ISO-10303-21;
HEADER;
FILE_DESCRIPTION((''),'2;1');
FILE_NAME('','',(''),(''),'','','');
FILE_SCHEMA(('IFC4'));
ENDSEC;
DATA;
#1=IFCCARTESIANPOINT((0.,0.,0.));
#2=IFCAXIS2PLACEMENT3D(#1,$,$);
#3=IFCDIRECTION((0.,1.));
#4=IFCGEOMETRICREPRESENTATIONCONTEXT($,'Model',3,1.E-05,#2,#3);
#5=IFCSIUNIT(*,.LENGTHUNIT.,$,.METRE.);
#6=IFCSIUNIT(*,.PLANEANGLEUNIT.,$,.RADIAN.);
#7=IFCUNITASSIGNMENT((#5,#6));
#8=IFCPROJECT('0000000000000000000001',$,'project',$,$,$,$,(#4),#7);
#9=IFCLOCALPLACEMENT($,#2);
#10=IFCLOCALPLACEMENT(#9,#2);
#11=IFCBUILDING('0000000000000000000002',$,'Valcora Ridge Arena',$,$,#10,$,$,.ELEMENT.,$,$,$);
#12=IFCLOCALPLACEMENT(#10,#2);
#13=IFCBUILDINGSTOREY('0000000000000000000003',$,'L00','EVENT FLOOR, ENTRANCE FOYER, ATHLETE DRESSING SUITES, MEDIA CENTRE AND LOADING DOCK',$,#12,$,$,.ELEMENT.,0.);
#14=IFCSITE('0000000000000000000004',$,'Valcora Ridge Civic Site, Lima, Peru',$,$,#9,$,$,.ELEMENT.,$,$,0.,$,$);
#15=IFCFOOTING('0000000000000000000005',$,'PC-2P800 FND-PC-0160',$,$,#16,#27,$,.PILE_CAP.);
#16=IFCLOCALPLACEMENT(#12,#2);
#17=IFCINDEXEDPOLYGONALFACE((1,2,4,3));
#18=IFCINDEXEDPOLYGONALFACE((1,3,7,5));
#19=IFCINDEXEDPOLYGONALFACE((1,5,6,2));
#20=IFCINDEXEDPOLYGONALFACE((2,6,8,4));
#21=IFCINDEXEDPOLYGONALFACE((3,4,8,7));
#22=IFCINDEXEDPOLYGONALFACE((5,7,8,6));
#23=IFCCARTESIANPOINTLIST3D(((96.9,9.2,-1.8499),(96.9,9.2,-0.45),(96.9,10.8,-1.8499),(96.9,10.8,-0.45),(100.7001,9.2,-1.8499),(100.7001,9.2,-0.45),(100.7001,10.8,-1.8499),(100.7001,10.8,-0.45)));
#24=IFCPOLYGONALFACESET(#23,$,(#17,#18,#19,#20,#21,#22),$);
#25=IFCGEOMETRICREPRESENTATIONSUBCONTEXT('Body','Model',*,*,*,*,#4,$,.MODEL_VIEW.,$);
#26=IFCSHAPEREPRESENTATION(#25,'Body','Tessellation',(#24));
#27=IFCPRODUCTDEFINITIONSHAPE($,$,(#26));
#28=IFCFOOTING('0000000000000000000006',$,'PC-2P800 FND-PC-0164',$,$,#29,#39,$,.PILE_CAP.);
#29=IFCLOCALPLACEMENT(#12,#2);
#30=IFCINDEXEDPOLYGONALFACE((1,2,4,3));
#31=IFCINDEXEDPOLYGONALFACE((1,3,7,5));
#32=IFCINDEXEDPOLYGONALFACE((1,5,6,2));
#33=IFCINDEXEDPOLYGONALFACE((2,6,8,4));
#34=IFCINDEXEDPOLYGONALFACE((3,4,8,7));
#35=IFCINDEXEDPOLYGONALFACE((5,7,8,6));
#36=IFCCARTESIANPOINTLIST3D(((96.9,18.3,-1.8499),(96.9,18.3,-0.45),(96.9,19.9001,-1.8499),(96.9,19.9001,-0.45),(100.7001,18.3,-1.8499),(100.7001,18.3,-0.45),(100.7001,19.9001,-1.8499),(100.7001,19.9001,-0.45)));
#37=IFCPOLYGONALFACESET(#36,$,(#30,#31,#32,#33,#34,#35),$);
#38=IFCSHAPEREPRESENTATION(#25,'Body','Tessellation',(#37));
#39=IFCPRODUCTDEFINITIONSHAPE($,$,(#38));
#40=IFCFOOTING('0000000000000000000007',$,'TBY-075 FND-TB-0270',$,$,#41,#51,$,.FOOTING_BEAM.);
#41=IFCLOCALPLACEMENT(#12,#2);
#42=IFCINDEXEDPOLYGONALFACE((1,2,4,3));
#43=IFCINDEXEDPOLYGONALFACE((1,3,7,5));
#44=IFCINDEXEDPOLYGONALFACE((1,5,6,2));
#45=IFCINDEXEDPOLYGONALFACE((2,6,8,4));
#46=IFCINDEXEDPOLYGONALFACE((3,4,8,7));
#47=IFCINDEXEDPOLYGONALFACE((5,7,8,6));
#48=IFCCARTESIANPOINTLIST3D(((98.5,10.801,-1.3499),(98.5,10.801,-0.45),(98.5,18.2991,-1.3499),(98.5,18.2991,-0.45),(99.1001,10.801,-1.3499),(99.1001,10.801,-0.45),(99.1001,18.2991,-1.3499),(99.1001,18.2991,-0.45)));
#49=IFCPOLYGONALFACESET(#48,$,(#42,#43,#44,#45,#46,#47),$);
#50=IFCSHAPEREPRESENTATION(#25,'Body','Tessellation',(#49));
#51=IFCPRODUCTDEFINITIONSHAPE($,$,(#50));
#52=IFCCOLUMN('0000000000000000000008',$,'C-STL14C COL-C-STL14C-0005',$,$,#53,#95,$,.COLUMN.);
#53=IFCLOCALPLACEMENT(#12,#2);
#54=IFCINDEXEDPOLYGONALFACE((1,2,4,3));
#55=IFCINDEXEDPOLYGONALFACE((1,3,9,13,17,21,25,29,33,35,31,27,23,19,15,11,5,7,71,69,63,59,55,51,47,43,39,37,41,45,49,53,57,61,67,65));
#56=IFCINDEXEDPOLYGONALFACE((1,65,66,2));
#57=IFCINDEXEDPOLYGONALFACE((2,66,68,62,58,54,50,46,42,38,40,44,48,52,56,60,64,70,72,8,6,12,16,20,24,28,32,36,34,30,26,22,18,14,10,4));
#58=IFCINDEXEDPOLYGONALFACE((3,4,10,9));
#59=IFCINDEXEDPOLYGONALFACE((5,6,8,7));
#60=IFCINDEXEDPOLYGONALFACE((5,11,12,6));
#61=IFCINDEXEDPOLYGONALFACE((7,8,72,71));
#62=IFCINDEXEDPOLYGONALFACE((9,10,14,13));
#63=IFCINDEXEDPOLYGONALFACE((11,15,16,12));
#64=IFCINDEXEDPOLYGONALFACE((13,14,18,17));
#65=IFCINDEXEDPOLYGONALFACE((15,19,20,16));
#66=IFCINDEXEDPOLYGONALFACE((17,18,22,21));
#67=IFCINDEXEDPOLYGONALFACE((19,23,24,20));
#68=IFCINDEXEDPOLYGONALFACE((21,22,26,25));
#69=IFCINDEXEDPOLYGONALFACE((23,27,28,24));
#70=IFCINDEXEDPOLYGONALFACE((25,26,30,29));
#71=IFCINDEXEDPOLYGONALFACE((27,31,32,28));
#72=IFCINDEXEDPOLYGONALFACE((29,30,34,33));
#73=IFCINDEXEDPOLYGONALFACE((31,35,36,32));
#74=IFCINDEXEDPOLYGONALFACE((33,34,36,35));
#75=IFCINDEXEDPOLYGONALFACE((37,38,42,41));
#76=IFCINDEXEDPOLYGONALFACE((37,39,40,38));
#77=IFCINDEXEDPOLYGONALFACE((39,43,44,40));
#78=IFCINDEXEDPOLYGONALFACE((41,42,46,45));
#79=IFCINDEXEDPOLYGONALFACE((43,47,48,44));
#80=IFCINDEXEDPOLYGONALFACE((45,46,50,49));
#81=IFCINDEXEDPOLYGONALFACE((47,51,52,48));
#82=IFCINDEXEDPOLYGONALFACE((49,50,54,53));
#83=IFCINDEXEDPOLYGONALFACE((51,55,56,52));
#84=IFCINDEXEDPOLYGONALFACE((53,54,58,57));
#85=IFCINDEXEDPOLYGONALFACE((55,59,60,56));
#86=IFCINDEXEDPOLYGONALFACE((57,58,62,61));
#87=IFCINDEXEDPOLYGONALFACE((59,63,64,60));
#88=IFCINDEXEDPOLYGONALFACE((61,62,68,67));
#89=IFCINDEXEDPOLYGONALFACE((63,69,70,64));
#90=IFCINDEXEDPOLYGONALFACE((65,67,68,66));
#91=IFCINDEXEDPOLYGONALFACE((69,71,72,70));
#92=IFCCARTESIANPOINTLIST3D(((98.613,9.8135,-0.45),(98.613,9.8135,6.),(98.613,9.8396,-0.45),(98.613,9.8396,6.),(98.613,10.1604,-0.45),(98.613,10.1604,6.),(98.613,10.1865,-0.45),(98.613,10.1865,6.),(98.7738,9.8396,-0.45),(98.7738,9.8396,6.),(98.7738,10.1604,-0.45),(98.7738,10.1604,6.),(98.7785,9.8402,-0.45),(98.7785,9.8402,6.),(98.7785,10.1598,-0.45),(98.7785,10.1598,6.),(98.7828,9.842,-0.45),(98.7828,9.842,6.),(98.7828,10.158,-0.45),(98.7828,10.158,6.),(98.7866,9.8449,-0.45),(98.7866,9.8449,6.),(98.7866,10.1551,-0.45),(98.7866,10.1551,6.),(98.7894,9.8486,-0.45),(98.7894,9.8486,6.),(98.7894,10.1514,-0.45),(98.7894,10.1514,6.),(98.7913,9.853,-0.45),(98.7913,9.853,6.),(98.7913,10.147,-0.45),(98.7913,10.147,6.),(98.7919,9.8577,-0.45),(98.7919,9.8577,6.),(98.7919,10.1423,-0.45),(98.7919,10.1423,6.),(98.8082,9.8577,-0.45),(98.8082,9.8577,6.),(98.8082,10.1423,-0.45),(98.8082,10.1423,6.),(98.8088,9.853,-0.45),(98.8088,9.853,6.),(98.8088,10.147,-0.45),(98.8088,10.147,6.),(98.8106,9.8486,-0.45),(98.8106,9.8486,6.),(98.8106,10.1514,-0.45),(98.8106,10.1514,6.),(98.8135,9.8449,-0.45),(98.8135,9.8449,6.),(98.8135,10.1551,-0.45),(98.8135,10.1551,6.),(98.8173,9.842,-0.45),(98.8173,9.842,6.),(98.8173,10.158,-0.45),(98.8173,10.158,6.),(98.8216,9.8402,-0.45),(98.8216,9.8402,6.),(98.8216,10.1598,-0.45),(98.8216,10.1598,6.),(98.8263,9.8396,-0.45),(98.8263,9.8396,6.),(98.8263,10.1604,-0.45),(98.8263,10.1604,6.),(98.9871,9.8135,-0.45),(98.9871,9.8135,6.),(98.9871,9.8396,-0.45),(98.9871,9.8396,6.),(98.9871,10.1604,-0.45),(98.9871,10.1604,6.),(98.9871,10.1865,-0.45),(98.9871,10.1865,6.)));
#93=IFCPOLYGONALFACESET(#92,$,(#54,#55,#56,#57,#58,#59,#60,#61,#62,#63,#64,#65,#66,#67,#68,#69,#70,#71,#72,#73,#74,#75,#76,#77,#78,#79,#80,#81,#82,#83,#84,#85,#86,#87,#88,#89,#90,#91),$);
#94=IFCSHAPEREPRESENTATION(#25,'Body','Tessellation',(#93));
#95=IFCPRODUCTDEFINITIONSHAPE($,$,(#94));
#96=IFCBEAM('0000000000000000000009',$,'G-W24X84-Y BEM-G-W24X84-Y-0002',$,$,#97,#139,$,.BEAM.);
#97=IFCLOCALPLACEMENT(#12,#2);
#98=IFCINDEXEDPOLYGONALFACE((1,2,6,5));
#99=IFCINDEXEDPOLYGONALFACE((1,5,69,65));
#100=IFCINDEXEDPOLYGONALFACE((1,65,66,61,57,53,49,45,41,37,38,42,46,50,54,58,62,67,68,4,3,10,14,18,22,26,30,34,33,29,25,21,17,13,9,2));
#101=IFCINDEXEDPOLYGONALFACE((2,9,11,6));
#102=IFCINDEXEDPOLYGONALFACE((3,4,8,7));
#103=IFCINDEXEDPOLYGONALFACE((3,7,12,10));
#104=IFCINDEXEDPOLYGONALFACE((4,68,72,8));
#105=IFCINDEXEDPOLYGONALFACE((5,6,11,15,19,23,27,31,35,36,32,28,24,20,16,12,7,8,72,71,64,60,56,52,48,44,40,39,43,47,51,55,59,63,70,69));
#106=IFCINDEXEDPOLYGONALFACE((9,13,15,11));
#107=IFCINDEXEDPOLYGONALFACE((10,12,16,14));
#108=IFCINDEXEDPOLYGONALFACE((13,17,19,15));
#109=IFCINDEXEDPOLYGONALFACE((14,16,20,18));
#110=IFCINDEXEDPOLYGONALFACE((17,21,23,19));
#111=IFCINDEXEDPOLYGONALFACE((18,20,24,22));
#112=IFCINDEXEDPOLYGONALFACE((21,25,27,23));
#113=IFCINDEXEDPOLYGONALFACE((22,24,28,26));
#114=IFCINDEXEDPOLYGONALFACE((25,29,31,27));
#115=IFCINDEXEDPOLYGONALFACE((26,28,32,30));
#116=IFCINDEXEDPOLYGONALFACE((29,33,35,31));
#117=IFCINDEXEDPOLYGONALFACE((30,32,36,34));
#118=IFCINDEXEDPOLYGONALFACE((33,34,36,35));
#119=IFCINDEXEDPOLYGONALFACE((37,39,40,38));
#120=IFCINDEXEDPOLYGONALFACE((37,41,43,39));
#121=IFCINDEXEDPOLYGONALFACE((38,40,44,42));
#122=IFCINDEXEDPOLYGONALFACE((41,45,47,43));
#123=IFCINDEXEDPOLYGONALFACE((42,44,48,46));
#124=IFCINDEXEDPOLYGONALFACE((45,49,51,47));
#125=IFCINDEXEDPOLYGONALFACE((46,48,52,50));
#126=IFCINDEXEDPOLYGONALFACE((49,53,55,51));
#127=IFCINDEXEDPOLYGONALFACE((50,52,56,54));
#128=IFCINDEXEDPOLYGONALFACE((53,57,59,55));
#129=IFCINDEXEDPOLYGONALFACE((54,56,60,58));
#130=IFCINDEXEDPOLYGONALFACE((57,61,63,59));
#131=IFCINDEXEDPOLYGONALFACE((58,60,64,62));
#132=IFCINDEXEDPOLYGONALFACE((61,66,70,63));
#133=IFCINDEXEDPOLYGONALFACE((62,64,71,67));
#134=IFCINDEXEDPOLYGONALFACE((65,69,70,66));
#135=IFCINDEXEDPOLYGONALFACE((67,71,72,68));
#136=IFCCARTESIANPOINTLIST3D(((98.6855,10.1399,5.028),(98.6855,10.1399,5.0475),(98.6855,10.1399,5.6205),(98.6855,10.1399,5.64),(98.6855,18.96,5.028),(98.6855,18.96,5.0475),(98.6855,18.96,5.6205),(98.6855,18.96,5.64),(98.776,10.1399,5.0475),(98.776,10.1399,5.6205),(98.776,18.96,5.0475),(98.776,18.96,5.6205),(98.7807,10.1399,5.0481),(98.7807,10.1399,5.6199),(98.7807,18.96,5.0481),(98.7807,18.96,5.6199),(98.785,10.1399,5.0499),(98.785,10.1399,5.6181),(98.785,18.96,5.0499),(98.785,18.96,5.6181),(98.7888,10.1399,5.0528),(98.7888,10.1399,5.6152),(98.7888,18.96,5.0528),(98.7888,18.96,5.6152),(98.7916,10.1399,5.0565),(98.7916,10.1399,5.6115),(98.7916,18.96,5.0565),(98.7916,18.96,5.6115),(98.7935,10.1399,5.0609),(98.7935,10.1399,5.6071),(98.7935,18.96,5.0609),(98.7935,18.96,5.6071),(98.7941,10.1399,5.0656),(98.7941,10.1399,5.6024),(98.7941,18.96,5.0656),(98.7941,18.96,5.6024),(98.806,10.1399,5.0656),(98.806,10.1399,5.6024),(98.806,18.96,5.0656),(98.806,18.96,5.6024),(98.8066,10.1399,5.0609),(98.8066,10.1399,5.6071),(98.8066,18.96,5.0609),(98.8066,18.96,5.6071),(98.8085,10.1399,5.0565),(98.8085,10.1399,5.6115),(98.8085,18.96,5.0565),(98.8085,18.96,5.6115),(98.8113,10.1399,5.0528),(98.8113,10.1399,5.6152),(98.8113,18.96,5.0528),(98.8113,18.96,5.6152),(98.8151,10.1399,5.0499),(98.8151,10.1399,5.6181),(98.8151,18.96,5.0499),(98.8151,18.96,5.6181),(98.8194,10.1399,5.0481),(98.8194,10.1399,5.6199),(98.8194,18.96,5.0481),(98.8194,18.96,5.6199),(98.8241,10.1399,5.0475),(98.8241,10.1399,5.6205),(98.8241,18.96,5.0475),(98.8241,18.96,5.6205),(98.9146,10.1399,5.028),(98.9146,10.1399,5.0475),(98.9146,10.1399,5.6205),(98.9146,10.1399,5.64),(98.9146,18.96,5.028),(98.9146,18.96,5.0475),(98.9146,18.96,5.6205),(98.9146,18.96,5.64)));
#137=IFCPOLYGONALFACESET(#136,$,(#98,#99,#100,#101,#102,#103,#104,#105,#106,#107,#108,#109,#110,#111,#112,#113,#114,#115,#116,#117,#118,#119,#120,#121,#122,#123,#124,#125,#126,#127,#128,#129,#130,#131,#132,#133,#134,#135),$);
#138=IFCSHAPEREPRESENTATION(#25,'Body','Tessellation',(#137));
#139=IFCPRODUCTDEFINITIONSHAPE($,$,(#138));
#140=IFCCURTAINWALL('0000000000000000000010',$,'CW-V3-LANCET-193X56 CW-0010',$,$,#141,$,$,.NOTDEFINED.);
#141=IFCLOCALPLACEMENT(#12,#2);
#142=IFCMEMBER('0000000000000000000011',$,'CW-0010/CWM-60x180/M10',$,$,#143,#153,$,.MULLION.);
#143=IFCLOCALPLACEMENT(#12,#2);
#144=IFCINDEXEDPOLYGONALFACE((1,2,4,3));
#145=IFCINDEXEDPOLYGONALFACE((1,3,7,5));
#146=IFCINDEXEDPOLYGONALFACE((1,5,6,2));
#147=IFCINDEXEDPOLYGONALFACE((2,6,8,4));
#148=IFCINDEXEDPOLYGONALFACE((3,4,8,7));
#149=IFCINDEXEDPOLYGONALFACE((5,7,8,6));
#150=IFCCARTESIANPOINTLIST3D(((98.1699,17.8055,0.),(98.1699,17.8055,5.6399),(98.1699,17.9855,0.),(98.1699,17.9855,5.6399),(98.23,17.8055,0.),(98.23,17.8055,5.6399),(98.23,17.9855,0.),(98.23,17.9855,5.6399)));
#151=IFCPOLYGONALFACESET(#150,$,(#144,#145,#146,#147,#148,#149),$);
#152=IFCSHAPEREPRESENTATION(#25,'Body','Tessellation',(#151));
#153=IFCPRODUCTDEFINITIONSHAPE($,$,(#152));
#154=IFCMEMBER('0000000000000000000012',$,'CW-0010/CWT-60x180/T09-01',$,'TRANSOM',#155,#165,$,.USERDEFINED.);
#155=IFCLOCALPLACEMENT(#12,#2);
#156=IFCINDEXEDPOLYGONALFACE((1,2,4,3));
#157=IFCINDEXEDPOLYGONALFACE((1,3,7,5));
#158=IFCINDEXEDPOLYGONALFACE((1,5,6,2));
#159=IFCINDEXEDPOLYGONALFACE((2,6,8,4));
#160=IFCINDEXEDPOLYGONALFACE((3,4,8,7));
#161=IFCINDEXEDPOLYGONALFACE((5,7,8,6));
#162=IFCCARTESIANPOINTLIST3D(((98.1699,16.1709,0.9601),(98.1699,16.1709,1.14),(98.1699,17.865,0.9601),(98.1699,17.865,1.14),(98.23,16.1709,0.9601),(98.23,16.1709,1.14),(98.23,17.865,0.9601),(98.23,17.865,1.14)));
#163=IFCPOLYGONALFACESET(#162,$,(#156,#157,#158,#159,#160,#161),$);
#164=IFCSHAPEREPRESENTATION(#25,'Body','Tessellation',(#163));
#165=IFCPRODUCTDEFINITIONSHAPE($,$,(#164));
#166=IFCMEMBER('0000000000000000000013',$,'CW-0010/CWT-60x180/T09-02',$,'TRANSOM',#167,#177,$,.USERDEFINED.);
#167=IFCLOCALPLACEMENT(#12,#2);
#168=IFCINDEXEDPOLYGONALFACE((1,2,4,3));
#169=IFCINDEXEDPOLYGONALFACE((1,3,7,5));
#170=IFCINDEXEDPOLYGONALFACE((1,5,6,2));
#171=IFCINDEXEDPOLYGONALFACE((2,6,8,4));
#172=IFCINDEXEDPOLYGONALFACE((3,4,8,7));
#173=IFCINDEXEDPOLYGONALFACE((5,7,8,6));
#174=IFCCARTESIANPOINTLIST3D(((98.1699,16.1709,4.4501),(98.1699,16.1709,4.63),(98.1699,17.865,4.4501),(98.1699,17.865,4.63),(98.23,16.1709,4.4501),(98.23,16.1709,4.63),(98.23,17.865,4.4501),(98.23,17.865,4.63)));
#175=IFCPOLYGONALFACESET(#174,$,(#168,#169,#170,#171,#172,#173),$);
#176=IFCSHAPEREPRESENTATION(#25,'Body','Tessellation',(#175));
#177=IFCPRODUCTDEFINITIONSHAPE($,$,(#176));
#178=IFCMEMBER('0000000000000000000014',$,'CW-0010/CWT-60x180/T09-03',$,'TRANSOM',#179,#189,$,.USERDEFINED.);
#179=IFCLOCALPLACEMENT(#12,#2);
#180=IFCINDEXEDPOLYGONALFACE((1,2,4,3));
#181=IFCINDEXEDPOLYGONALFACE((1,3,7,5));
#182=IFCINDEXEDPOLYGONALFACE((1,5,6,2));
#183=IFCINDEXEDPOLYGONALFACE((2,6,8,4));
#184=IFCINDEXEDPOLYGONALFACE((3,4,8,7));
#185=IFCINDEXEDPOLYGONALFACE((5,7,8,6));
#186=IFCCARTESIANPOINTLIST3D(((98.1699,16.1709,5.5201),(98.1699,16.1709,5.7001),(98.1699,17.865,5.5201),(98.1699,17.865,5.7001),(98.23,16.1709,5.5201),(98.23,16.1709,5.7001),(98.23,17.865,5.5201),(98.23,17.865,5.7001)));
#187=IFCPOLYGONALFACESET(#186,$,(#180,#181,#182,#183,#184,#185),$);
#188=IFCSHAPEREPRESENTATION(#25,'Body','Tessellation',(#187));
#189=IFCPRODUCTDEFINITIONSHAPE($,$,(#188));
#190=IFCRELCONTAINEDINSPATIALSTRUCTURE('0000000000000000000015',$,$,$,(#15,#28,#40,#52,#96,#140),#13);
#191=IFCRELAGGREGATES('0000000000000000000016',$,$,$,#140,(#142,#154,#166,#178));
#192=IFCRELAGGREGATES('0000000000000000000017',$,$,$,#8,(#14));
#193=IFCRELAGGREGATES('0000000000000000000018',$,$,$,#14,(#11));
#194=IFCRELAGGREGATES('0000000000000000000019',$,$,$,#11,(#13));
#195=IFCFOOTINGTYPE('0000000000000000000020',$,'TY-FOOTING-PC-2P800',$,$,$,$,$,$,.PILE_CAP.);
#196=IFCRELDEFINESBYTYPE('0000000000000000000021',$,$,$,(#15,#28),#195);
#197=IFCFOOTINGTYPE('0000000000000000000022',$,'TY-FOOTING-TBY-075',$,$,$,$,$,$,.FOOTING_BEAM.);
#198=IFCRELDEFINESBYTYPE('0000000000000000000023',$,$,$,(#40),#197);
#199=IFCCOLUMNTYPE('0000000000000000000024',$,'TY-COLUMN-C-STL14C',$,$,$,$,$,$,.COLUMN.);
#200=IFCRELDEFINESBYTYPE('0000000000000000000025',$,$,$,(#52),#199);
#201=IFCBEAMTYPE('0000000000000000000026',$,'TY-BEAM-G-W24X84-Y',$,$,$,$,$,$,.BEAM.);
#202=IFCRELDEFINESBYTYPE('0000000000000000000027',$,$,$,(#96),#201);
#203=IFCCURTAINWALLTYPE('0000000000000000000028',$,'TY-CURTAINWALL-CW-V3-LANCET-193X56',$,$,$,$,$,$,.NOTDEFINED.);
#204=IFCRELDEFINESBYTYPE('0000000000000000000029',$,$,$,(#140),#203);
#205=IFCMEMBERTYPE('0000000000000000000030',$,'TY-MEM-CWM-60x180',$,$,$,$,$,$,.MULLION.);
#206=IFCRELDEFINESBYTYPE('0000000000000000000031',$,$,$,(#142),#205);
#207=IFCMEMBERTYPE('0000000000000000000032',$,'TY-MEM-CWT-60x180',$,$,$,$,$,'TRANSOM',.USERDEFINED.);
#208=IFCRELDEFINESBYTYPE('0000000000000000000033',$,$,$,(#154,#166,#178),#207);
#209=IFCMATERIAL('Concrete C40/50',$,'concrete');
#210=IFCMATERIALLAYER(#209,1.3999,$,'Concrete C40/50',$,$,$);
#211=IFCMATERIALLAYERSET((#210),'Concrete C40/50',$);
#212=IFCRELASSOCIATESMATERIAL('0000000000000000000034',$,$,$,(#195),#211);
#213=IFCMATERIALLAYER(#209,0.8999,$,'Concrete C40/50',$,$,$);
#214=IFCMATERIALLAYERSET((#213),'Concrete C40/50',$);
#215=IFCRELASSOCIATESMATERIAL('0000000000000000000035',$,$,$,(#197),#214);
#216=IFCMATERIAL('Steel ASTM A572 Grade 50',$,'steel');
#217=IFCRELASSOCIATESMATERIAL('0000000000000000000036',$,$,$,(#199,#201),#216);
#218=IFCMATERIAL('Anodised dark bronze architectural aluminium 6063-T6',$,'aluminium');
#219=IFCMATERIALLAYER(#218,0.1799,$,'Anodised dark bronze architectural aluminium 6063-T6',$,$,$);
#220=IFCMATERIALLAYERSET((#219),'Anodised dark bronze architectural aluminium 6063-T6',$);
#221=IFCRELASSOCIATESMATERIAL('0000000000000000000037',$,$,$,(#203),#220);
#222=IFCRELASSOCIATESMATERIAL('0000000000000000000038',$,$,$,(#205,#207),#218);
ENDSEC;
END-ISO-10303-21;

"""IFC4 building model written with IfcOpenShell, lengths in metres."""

from ifc_helpers import new_model, si_unit, direction, frame, origin, origin_2d, place, context, subcontext, project, spatial, rectangle, i_section, extrude, material, layer, layer_set, material_profile, profile_set, type_object, element, aggregate, save


model = new_model("IFC4")

# Units and contexts
model_context = context("Model", 3, precision=1e-05, world=origin(), true_north=direction((0.0, 1.0)))
body_context = subcontext(model_context, "Body", "Model", "MODEL_VIEW")
ifc_project = project(units=[si_unit("LENGTHUNIT", "METRE"), si_unit("PLANEANGLEUNIT", "RADIAN")], contexts=[model_context])

# Site, building, storey
site_placement = place(None, origin())
site = spatial("IfcSite", under=ifc_project, at=site_placement, Name="Valcora Ridge Civic Site, Lima, Peru", CompositionType="ELEMENT", RefElevation=0.0)
building_placement = place(site_placement, origin())
building = spatial("IfcBuilding", under=site, at=building_placement, Name="Valcora Ridge Arena", CompositionType="ELEMENT")
storey_placement = place(building_placement, origin())
storey = spatial("IfcBuildingStorey", under=building, at=storey_placement, Name="L00", Description="EVENT FLOOR, ENTRANCE FOYER, ATHLETE DRESSING SUITES, MEDIA CENTRE AND LOADING DOCK", CompositionType="ELEMENT", Elevation=0.0)

# Footings
ifc_material_1 = material(Name="Concrete C40/50", Category="concrete")
ifc_layer_1 = layer(ifc_material_1, 1.3999, Name="Concrete C40/50")
ifc_layer_set_1 = layer_set([ifc_layer_1], Name="Concrete C40/50")
footing_type_1 = type_object("IfcFootingType", Name="TY-FOOTING-PC-2P800", PredefinedType="PILE_CAP", material=ifc_layer_set_1)
for number, where, z_axis, x_axis, name in (
    (1, (98.8, 10.0, -1.8499), (0.0, 0.0, 1.0), (1.0, 0.0, 0.0), "PC-2P800 FND-PC-0160"),
    (2, (98.8, 19.1001, -1.8499), (0.0, 0.0, 1.0), (1.0, 0.0, 0.0), "PC-2P800 FND-PC-0164"),
):
    element("IfcFooting", number, at=place(storey_placement, frame(where, z_axis=z_axis, x_axis=x_axis)), inside=storey, type_object=footing_type_1, Name=name, PredefinedType="PILE_CAP", context=body_context, shape_type="SweptSolid", body=[
        extrude(rectangle(XDim=3.8, YDim=1.6001, at=origin_2d()), origin(), (0.0, 0.0, 1.0), 1.3999),
    ])
ifc_layer_2 = layer(ifc_material_1, 0.8999, Name="Concrete C40/50")
ifc_layer_set_2 = layer_set([ifc_layer_2], Name="Concrete C40/50")
footing_type_2 = type_object("IfcFootingType", Name="TY-FOOTING-TBY-075", PredefinedType="FOOTING_BEAM", material=ifc_layer_set_2)
footing_placement = place(storey_placement, frame((98.8, 14.55, -1.3499), z_axis=(0.0, 0.0, 1.0), x_axis=(1.0, 0.0, 0.0)))
element("IfcFooting", 3, at=footing_placement, inside=storey, type_object=footing_type_2, Name="TBY-075 FND-TB-0270", PredefinedType="FOOTING_BEAM", context=body_context, shape_type="SweptSolid", body=[
    extrude(rectangle(XDim=0.6001, YDim=7.498, at=origin_2d()), origin(), (0.0, 0.0, 1.0), 0.8999),
])

# Column
ifc_material_2 = material(Name="Steel ASTM A572 Grade 50", Category="steel")
ifc_material_profile_1 = material_profile(ifc_material_2, i_section(OverallWidth=0.374, OverallDepth=0.373, WebThickness=0.0164, FlangeThickness=0.0261, FilletRadius=0.0181, at=origin_2d()), Name="W14X132")
ifc_profile_set_1 = profile_set([ifc_material_profile_1], Name="Steel ASTM A572 Grade 50")
column_type = type_object("IfcColumnType", Name="TY-COLUMN-C-STL14C", PredefinedType="COLUMN", material=ifc_profile_set_1)
column_placement = place(storey_placement, frame((98.8, 10.0, -0.45), z_axis=(0.0, 0.0, 1.0), x_axis=(1.0, 0.0, 0.0)))
element("IfcColumn", 4, at=column_placement, inside=storey, type_object=column_type, Name="C-STL14C COL-C-STL14C-0005", PredefinedType="COLUMN", context=body_context, shape_type="SweptSolid", body=[
    extrude(i_section(OverallWidth=0.374, OverallDepth=0.373, WebThickness=0.0164, FlangeThickness=0.0261, FilletRadius=0.0181, at=origin_2d()), origin(), (0.0, 0.0, 1.0), 6.45),
])

# Beam
ifc_material_profile_2 = material_profile(ifc_material_2, i_section(OverallWidth=0.229, OverallDepth=0.6121, WebThickness=0.012, FlangeThickness=0.0195, FilletRadius=0.0181, at=origin_2d()), Name="W24X84")
ifc_profile_set_2 = profile_set([ifc_material_profile_2], Name="Steel ASTM A572 Grade 50")
beam_type = type_object("IfcBeamType", Name="TY-BEAM-G-W24X84-Y", PredefinedType="BEAM", material=ifc_profile_set_2)
beam_placement = place(storey_placement, frame((98.8, 10.1399, 5.334), z_axis=(0.0, 1.0, 0.0), x_axis=(-1.0, 0.0, 0.0)))
element("IfcBeam", 5, at=beam_placement, inside=storey, type_object=beam_type, Name="G-W24X84-Y BEM-G-W24X84-Y-0002", PredefinedType="BEAM", context=body_context, shape_type="SweptSolid", body=[
    extrude(i_section(OverallWidth=0.229, OverallDepth=0.6121, WebThickness=0.012, FlangeThickness=0.0195, FilletRadius=0.0181, at=origin_2d()), origin(), (0.0, 0.0, 1.0), 8.8201),
])

# Curtain wall, members
ifc_material_3 = material(Name="Anodised dark bronze architectural aluminium 6063-T6", Category="aluminium")
ifc_layer_3 = layer(ifc_material_3, 0.1799, Name="Anodised dark bronze architectural aluminium 6063-T6")
ifc_layer_set_3 = layer_set([ifc_layer_3], Name="Anodised dark bronze architectural aluminium 6063-T6")
curtain_wall_type = type_object("IfcCurtainWallType", Name="TY-CURTAINWALL-CW-V3-LANCET-193X56", PredefinedType="NOTDEFINED", material=ifc_layer_set_3)
curtain_wall_placement = place(storey_placement, origin())
curtain_wall = element("IfcCurtainWall", 6, at=curtain_wall_placement, inside=storey, type_object=curtain_wall_type, Name="CW-V3-LANCET-193X56 CW-0010", PredefinedType="NOTDEFINED")
ifc_material_profile_3 = material_profile(ifc_material_3, rectangle(XDim=0.0601, YDim=0.1799, at=origin_2d()), Name="ALU MULLION 60x180")
ifc_profile_set_3 = profile_set([ifc_material_profile_3], Name="Anodised dark bronze architectural aluminium 6063-T6")
member_type_1 = type_object("IfcMemberType", Name="TY-MEM-CWM-60x180", PredefinedType="MULLION", material=ifc_profile_set_3)
member_1_placement = place(storey_placement, frame((98.2, 17.8955, 0.0), z_axis=(0.0, 0.0, 1.0), x_axis=(-1.0, 0.0, 0.0)))
member_1 = element("IfcMember", 7, at=member_1_placement, type_object=member_type_1, Name="CW-0010/CWM-60x180/M10", PredefinedType="MULLION", context=body_context, shape_type="SweptSolid", body=[
    extrude(rectangle(XDim=0.0601, YDim=0.1799, at=origin_2d()), origin(), (0.0, 0.0, 1.0), 5.6399),
])
ifc_material_profile_4 = material_profile(ifc_material_3, rectangle(XDim=0.0601, YDim=0.1799, at=origin_2d()), Name="ALU TRANSOM 60x180")
ifc_profile_set_4 = profile_set([ifc_material_profile_4], Name="Anodised dark bronze architectural aluminium 6063-T6")
member_type_2 = type_object("IfcMemberType", Name="TY-MEM-CWT-60x180", ElementType="TRANSOM", PredefinedType="USERDEFINED", material=ifc_profile_set_4)
member_2_placement = place(storey_placement, frame((98.2, 16.1709, 1.05), z_axis=(0.0, 1.0, 0.0), x_axis=(-1.0, 0.0, 0.0)))
member_2 = element("IfcMember", 8, at=member_2_placement, type_object=member_type_2, Name="CW-0010/CWT-60x180/T09-01", ObjectType="TRANSOM", PredefinedType="USERDEFINED", context=body_context, shape_type="SweptSolid", body=[
    extrude(rectangle(XDim=0.0601, YDim=0.1799, at=origin_2d()), origin(), (0.0, 0.0, 1.0), 1.6941),
])
member_3_placement = place(storey_placement, frame((98.2, 16.1709, 4.54), z_axis=(0.0, 1.0, 0.0), x_axis=(-1.0, 0.0, 0.0)))
member_3 = element("IfcMember", 9, at=member_3_placement, type_object=member_type_2, Name="CW-0010/CWT-60x180/T09-02", ObjectType="TRANSOM", PredefinedType="USERDEFINED", context=body_context, shape_type="SweptSolid", body=[
    extrude(rectangle(XDim=0.0601, YDim=0.1799, at=origin_2d()), origin(), (0.0, 0.0, 1.0), 1.6941),
])
member_4_placement = place(storey_placement, frame((98.2, 16.1709, 5.6101), z_axis=(0.0, 1.0, 0.0), x_axis=(-1.0, 0.0, 0.0)))
member_4 = element("IfcMember", 10, at=member_4_placement, type_object=member_type_2, Name="CW-0010/CWT-60x180/T09-03", ObjectType="TRANSOM", PredefinedType="USERDEFINED", context=body_context, shape_type="SweptSolid", body=[
    extrude(rectangle(XDim=0.0601, YDim=0.1799, at=origin_2d()), origin(), (0.0, 0.0, 1.0), 1.6941),
])
aggregate(curtain_wall, [member_1, member_2, member_3, member_4])

save(model, "model.ifc")
